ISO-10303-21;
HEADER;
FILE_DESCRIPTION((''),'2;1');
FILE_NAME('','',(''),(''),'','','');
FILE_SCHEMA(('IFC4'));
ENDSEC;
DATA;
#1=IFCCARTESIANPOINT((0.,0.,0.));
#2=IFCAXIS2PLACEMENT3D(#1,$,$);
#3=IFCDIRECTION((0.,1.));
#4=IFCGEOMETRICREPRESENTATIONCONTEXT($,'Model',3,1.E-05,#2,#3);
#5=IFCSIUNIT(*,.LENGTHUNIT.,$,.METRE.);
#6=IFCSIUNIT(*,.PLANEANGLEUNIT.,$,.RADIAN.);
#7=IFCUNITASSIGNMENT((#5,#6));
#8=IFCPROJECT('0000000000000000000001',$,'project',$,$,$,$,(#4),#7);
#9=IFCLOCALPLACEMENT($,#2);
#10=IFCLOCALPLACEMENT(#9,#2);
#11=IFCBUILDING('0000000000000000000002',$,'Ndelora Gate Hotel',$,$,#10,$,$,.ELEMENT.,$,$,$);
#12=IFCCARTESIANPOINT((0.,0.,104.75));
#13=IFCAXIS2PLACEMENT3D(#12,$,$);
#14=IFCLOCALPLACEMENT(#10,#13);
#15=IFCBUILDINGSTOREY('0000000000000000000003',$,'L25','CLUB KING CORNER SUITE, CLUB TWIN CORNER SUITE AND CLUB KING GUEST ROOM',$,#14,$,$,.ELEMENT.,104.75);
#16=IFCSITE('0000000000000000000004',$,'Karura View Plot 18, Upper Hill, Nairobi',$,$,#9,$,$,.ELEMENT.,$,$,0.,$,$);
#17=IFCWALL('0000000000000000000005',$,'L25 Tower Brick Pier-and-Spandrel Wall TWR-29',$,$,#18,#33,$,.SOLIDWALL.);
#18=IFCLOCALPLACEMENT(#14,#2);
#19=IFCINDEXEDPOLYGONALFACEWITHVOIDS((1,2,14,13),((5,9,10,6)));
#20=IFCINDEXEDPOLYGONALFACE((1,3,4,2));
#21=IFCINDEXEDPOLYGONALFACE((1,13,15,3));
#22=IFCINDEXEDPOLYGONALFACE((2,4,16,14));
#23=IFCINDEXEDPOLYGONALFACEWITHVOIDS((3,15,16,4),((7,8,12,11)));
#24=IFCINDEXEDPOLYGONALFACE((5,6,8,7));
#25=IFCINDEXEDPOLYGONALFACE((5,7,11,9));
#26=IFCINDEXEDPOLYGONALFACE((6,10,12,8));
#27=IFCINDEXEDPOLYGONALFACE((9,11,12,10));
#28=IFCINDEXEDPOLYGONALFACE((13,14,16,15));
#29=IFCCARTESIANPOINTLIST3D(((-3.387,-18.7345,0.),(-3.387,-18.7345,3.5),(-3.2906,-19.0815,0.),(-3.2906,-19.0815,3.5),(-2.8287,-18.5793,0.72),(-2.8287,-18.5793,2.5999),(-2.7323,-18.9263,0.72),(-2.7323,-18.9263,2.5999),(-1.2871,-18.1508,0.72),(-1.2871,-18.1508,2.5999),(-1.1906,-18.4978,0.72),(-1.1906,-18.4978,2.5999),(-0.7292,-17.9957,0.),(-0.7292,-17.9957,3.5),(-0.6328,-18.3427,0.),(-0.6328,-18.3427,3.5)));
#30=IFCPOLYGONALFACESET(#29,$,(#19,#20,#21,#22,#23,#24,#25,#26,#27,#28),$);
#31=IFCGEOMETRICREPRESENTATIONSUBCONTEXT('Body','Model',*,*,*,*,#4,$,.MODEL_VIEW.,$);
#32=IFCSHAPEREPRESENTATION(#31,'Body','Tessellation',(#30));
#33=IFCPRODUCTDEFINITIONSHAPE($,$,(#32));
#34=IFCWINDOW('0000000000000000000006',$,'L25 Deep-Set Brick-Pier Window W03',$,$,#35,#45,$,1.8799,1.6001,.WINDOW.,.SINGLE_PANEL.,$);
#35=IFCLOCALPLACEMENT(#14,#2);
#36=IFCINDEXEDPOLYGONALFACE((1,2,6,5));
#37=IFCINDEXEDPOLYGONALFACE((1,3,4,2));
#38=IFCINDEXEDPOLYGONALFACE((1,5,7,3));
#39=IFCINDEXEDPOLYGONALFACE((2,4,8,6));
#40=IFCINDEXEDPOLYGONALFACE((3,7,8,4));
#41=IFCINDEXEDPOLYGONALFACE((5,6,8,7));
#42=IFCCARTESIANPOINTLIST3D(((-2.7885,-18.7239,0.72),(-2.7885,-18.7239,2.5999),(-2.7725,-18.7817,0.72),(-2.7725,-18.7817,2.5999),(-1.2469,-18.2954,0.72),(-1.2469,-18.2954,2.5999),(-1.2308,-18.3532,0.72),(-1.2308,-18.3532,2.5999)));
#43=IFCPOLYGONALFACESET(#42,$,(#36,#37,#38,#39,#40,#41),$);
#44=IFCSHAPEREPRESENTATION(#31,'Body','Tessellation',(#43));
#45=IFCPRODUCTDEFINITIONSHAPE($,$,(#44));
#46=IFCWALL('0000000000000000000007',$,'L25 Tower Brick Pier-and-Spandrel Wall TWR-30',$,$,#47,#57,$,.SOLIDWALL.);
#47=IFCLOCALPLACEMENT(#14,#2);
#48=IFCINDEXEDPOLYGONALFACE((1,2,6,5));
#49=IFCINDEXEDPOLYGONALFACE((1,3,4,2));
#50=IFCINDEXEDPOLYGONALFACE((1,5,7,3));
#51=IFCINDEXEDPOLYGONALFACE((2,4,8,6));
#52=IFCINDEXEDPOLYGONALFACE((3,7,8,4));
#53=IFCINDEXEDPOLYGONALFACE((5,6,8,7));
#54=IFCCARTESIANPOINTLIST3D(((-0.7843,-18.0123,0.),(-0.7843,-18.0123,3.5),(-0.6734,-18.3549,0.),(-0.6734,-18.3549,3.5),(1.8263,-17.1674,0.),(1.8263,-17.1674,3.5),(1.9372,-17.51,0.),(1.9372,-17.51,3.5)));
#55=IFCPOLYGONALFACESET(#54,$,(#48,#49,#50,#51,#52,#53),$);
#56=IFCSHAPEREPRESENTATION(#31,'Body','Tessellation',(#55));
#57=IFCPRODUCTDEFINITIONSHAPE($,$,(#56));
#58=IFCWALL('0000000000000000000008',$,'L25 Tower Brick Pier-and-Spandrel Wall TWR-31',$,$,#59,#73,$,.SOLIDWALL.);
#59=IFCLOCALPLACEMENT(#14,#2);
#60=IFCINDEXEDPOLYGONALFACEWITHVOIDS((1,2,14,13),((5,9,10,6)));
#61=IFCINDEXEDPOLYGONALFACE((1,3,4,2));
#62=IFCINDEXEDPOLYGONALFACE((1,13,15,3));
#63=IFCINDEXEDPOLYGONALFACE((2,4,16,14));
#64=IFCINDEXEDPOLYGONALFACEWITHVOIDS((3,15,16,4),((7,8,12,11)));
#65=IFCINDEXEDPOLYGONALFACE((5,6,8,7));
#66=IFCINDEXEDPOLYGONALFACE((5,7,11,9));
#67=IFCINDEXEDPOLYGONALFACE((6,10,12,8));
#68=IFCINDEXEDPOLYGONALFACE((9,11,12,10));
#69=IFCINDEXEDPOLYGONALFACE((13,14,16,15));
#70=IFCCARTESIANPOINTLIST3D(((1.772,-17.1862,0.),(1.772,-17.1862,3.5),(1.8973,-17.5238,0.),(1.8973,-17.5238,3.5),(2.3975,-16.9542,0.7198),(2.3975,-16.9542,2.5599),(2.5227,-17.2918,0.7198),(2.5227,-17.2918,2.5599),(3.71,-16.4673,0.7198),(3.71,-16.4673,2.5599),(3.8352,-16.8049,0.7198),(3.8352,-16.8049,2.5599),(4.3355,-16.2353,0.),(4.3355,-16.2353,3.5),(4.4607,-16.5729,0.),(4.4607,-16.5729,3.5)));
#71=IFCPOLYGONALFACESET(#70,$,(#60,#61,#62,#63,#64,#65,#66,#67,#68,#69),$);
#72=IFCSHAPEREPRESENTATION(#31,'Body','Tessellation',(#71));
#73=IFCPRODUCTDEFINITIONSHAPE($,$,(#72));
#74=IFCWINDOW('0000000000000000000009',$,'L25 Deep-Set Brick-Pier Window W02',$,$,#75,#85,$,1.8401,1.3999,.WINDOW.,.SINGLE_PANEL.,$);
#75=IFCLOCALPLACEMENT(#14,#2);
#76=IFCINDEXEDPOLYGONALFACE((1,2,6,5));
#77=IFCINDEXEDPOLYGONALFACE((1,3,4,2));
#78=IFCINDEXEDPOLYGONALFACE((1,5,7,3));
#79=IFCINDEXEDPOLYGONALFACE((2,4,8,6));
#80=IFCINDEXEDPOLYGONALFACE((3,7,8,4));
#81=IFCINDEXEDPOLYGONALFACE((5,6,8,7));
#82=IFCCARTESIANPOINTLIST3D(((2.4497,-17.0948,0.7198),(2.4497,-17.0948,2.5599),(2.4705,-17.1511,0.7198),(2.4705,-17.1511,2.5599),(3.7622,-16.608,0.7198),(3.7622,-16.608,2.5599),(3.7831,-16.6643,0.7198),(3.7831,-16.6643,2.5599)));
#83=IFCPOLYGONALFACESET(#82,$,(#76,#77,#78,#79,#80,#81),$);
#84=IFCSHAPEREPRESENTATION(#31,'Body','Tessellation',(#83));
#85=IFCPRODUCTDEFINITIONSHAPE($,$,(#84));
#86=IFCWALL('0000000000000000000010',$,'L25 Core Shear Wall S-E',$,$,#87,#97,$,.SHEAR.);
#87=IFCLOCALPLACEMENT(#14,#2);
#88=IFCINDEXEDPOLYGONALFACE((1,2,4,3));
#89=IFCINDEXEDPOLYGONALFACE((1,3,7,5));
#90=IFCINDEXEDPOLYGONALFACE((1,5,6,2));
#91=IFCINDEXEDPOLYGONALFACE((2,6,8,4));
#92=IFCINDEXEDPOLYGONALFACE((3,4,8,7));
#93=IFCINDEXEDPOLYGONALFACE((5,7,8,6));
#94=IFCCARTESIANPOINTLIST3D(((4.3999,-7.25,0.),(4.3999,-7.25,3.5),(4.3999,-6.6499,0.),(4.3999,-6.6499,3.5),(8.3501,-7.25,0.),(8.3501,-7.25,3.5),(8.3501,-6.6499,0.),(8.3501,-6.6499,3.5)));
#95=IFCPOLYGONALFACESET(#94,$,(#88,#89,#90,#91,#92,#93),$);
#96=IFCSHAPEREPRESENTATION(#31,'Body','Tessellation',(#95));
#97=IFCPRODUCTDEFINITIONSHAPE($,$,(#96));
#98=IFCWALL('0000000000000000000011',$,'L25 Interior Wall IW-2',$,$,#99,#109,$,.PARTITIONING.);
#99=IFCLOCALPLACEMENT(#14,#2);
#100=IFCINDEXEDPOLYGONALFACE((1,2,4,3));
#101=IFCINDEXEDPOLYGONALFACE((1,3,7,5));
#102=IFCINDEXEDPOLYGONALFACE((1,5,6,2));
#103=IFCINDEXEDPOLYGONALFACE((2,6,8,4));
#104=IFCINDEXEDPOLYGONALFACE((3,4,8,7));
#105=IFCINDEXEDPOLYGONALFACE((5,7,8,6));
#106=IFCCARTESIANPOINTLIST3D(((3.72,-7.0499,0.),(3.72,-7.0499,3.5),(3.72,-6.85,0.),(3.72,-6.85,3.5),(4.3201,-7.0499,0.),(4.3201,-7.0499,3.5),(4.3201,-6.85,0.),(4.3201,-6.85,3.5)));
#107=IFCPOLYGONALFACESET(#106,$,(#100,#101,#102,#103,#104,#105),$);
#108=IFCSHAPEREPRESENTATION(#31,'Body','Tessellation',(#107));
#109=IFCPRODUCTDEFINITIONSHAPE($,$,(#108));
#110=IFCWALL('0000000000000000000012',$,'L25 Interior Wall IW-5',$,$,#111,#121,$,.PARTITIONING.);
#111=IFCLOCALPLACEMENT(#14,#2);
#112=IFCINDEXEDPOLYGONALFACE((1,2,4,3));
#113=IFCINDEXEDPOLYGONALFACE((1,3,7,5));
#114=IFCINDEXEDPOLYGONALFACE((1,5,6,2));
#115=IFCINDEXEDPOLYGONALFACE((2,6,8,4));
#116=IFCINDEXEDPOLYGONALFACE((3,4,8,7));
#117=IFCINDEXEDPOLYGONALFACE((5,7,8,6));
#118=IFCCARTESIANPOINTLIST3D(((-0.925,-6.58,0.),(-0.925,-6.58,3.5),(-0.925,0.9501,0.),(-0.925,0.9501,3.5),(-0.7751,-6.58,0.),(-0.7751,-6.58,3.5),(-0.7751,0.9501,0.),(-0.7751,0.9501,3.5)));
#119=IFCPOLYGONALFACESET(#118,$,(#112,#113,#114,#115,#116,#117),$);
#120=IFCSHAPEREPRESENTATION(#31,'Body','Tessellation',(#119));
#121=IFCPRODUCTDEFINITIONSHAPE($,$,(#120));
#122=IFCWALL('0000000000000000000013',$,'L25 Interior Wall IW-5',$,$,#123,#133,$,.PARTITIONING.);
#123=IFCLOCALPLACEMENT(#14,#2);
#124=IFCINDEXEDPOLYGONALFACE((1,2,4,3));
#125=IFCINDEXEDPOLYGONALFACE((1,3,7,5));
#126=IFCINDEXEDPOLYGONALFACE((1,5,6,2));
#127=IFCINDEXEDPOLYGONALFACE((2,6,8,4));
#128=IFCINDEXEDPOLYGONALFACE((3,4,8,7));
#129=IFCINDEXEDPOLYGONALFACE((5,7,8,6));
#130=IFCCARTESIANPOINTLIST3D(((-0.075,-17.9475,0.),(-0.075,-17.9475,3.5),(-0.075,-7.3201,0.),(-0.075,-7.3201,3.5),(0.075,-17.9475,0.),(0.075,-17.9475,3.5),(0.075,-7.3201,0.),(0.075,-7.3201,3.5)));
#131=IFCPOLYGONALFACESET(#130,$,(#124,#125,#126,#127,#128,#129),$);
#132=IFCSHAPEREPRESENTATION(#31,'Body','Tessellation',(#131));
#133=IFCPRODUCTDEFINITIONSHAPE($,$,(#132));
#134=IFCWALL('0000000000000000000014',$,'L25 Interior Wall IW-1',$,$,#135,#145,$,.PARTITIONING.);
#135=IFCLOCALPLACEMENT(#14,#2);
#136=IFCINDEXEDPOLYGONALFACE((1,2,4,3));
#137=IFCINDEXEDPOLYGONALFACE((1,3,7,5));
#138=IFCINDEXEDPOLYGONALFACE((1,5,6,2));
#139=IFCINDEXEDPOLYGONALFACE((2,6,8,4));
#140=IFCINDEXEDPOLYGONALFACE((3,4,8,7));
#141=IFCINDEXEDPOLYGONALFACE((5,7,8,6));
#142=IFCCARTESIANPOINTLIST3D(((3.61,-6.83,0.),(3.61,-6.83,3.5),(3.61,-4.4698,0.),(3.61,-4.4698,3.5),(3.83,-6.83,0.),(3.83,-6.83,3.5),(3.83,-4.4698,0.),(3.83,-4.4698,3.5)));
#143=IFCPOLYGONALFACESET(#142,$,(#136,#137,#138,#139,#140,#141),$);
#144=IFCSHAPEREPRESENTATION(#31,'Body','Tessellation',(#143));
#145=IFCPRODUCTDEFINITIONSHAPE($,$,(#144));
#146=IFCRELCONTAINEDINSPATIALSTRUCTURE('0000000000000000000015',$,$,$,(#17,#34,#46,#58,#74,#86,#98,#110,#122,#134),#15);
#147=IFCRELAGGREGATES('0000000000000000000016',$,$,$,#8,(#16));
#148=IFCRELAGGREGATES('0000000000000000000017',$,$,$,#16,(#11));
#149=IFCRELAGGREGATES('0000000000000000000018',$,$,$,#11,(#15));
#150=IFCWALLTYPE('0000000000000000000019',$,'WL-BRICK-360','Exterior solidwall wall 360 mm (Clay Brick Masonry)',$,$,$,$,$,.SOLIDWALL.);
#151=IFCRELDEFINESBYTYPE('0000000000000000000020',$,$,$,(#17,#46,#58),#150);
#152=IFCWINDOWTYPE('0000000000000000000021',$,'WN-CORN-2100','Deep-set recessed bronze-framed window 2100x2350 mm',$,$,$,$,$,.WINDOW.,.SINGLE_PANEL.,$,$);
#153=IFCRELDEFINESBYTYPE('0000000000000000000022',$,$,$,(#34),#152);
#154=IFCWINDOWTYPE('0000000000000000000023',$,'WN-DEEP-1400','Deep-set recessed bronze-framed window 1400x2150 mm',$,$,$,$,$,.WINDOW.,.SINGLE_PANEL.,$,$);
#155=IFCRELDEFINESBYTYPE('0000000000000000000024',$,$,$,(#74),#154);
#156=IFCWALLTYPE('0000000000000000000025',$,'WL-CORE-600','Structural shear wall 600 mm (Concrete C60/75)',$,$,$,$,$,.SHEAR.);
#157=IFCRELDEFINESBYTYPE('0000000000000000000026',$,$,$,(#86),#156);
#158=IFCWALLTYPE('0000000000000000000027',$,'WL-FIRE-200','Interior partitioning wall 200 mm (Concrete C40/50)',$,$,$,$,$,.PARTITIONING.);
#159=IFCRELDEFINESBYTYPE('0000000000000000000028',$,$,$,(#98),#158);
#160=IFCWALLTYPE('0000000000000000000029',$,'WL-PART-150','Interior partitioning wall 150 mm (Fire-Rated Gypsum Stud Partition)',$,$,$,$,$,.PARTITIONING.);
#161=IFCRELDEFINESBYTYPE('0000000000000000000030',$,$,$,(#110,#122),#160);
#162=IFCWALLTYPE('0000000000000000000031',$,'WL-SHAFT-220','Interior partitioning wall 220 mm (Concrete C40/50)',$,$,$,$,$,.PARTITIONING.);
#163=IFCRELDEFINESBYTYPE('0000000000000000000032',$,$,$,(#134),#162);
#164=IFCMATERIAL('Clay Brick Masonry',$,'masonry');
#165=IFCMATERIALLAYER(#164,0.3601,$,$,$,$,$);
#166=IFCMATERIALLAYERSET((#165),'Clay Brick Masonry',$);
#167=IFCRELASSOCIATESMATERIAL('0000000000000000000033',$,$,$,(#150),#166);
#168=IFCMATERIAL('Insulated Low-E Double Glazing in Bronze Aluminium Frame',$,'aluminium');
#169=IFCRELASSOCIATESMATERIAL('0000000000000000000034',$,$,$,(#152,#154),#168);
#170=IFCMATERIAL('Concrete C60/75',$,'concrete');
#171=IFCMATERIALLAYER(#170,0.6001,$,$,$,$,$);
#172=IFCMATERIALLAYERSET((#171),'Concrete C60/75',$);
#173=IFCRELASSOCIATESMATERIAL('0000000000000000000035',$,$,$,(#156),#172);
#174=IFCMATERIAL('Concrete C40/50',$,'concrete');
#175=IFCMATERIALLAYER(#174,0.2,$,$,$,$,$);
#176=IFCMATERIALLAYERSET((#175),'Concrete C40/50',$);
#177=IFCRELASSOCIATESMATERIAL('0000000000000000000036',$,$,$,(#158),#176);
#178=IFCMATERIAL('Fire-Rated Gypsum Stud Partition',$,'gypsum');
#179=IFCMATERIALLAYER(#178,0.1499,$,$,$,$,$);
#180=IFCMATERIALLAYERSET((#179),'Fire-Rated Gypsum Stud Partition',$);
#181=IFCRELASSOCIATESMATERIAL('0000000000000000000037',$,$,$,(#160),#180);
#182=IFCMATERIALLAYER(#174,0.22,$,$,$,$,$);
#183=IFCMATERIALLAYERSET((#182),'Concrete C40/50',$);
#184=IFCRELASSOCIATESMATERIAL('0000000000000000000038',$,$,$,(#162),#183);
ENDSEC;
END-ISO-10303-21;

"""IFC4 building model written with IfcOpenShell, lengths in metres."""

from ifc_helpers import new_model, si_unit, direction, frame, frame_2d, origin, place, context, subcontext, project, spatial, rectangle, extrude, material, layer, layer_set, type_object, element, fill, save


model = new_model("IFC4")

# Units and contexts
model_context = context("Model", 3, precision=1e-05, world=origin(), true_north=direction((0.0, 1.0)))
body_context = subcontext(model_context, "Body", "Model", "MODEL_VIEW")
ifc_project = project(units=[si_unit("LENGTHUNIT", "METRE"), si_unit("PLANEANGLEUNIT", "RADIAN")], contexts=[model_context])

# Site, building, storey
site_placement = place(None, origin())
site = spatial("IfcSite", under=ifc_project, at=site_placement, Name="Karura View Plot 18, Upper Hill, Nairobi", CompositionType="ELEMENT", RefElevation=0.0)
building_placement = place(site_placement, origin())
building = spatial("IfcBuilding", under=site, at=building_placement, Name="Ndelora Gate Hotel", CompositionType="ELEMENT")
storey_placement = place(building_placement, frame((0.0, 0.0, 104.75)))
storey = spatial("IfcBuildingStorey", under=building, at=storey_placement, Name="L25", Description="CLUB KING CORNER SUITE, CLUB TWIN CORNER SUITE AND CLUB KING GUEST ROOM", CompositionType="ELEMENT", Elevation=104.75)

# Shared definitions
ifc_material_1 = material(Name="Concrete C60/75", Category="concrete")

# Wall, opening, window
ifc_material_2 = material(Name="Clay Brick Masonry", Category="masonry")
ifc_layer_1 = layer(ifc_material_2, 0.3601)
ifc_layer_set_1 = layer_set([ifc_layer_1], Name="Clay Brick Masonry")
wall_type_1 = type_object("IfcWallType", Name="WL-BRICK-360", Description="Exterior solidwall wall 360 mm (Clay Brick Masonry)", PredefinedType="SOLIDWALL", material=ifc_layer_set_1)
ifc_material_3 = material(Name="Insulated Low-E Double Glazing in Bronze Aluminium Frame", Category="aluminium")
wall_1_placement = place(storey_placement, frame((-0.6809, -18.1692, 0.0), z_axis=(0.0, 0.0, 1.0), x_axis=(-0.96347, -0.267817, 0.0)))
wall_1 = element("IfcWall", 1, at=wall_1_placement, inside=storey, type_object=wall_type_1, Name="L25 Tower Brick Pier-and-Spandrel Wall TWR-29", PredefinedType="SOLIDWALL", context=body_context, shape_type="SweptSolid", body=[
    extrude(rectangle(XDim=2.7585, YDim=0.3601, at=frame_2d((1.3794, 0.0))), origin(), (0.0, 0.0, 1.0), 3.5),
])
opening_1_placement = place(wall_1_placement, frame((0.5791, 0.0, 0.72)))
opening_1 = element("IfcOpeningElement", 2, at=opening_1_placement, cuts=wall_1, PredefinedType="OPENING", context=body_context, shape_type="SweptSolid", body=[
    extrude(rectangle(XDim=1.6001, YDim=1.8799, at=frame_2d((0.8, 0.9399))), frame((0.0, 0.1899, 0.0), z_axis=(0.0, -1.0, 0.0), x_axis=(1.0, 0.0, 0.0)), (0.0, 0.0, 1.0), 0.3801),
])
window_type_1 = type_object("IfcWindowType", Name="WN-CORN-2100", Description="Deep-set recessed bronze-framed window 2100x2350 mm", PartitioningType="SINGLE_PANEL", PredefinedType="WINDOW", material=ifc_material_3)
window_1_placement = place(opening_1_placement, origin())
window_1 = element("IfcWindow", 3, at=window_1_placement, inside=storey, type_object=window_type_1, Name="L25 Deep-Set Brick-Pier Window W03", OverallHeight=1.8799, OverallWidth=1.6001, PartitioningType="SINGLE_PANEL", PredefinedType="WINDOW", context=body_context, shape_type="SweptSolid", body=[
    extrude(rectangle(XDim=1.6001, YDim=1.8799, at=frame_2d((0.8, 0.9399))), frame((0.0, 0.03, 0.0), z_axis=(0.0, -1.0, 0.0), x_axis=(1.0, 0.0, 0.0)), (0.0, 0.0, 1.0), 0.0601),
])
fill(opening_1, window_1)

# Wall
wall_2_placement = place(storey_placement, frame((1.8818, -17.3386, 0.0), z_axis=(0.0, 0.0, 1.0), x_axis=(-0.951405, -0.307941, 0.0)))
element("IfcWall", 4, at=wall_2_placement, inside=storey, type_object=wall_type_1, Name="L25 Tower Brick Pier-and-Spandrel Wall TWR-30", PredefinedType="SOLIDWALL", context=body_context, shape_type="SweptSolid", body=[
    extrude(rectangle(XDim=2.7439, YDim=0.3601, at=frame_2d((1.3721, 0.0))), origin(), (0.0, 0.0, 1.0), 3.5),
])

# Wall, opening, window
wall_3_placement = place(storey_placement, frame((4.3982, -16.4041, 0.0), z_axis=(0.0, 0.0, 1.0), x_axis=(-0.937571, -0.347794, 0.0)))
wall_3 = element("IfcWall", 5, at=wall_3_placement, inside=storey, type_object=wall_type_1, Name="L25 Tower Brick Pier-and-Spandrel Wall TWR-31", PredefinedType="SOLIDWALL", context=body_context, shape_type="SweptSolid", body=[
    extrude(rectangle(XDim=2.7341, YDim=0.3601, at=frame_2d((1.3672, 0.0))), origin(), (0.0, 0.0, 1.0), 3.5),
])
opening_2_placement = place(wall_3_placement, frame((0.6672, 0.0, 0.72)))
opening_2 = element("IfcOpeningElement", 6, at=opening_2_placement, cuts=wall_3, PredefinedType="OPENING", context=body_context, shape_type="SweptSolid", body=[
    extrude(rectangle(XDim=1.3999, YDim=1.8401, at=frame_2d((0.7, 0.9199))), frame((0.0, 0.1899, 0.0), z_axis=(0.0, -1.0, 0.0), x_axis=(1.0, 0.0, 0.0)), (0.0, 0.0, 1.0), 0.3801),
])
window_type_2 = type_object("IfcWindowType", Name="WN-DEEP-1400", Description="Deep-set recessed bronze-framed window 1400x2150 mm", PartitioningType="SINGLE_PANEL", PredefinedType="WINDOW", material=ifc_material_3)
window_2_placement = place(opening_2_placement, origin())
window_2 = element("IfcWindow", 7, at=window_2_placement, inside=storey, type_object=window_type_2, Name="L25 Deep-Set Brick-Pier Window W02", OverallHeight=1.8401, OverallWidth=1.3999, PartitioningType="SINGLE_PANEL", PredefinedType="WINDOW", context=body_context, shape_type="SweptSolid", body=[
    extrude(rectangle(XDim=1.3999, YDim=1.8401, at=frame_2d((0.7, 0.9199))), frame((0.0, 0.03, 0.0), z_axis=(0.0, -1.0, 0.0), x_axis=(1.0, 0.0, 0.0)), (0.0, 0.0, 1.0), 0.0601),
])
fill(opening_2, window_2)

# Walls
ifc_layer_2 = layer(ifc_material_1, 0.6001)
ifc_layer_set_2 = layer_set([ifc_layer_2], Name="Concrete C60/75")
wall_type_2 = type_object("IfcWallType", Name="WL-CORE-600", Description="Structural shear wall 600 mm (Concrete C60/75)", PredefinedType="SHEAR", material=ifc_layer_set_2)
wall_4_placement = place(storey_placement, frame((4.3999, -6.95, 0.0), z_axis=(0.0, 0.0, 1.0), x_axis=(1.0, 0.0, 0.0)))
element("IfcWall", 8, at=wall_4_placement, inside=storey, type_object=wall_type_2, Name="L25 Core Shear Wall S-E", PredefinedType="SHEAR", context=body_context, shape_type="SweptSolid", body=[
    extrude(rectangle(XDim=3.9502, YDim=0.6001, at=frame_2d((1.9751, 0.0))), origin(), (0.0, 0.0, 1.0), 3.5),
])
ifc_material_4 = material(Name="Concrete C40/50", Category="concrete")
ifc_layer_3 = layer(ifc_material_4, 0.2)
ifc_layer_set_3 = layer_set([ifc_layer_3], Name="Concrete C40/50")
wall_type_3 = type_object("IfcWallType", Name="WL-FIRE-200", Description="Interior partitioning wall 200 mm (Concrete C40/50)", PredefinedType="PARTITIONING", material=ifc_layer_set_3)
wall_5_placement = place(storey_placement, frame((3.72, -6.95, 0.0), z_axis=(0.0, 0.0, 1.0), x_axis=(1.0, 0.0, 0.0)))
element("IfcWall", 9, at=wall_5_placement, inside=storey, type_object=wall_type_3, Name="L25 Interior Wall IW-2", PredefinedType="PARTITIONING", context=body_context, shape_type="SweptSolid", body=[
    extrude(rectangle(XDim=0.6001, YDim=0.2, at=frame_2d((0.3, 0.0))), origin(), (0.0, 0.0, 1.0), 3.5),
])
ifc_material_5 = material(Name="Fire-Rated Gypsum Stud Partition", Category="gypsum")
ifc_layer_4 = layer(ifc_material_5, 0.1499)
ifc_layer_set_4 = layer_set([ifc_layer_4], Name="Fire-Rated Gypsum Stud Partition")
wall_type_4 = type_object("IfcWallType", Name="WL-PART-150", Description="Interior partitioning wall 150 mm (Fire-Rated Gypsum Stud Partition)", PredefinedType="PARTITIONING", material=ifc_layer_set_4)
wall_6_placement = place(storey_placement, frame((-0.8501, -6.5801, 0.0), z_axis=(0.0, 0.0, 1.0), x_axis=(0.0, 1.0, 0.0)))
element("IfcWall", 10, at=wall_6_placement, inside=storey, type_object=wall_type_4, Name="L25 Interior Wall IW-5", PredefinedType="PARTITIONING", context=body_context, shape_type="SweptSolid", body=[
    extrude(rectangle(XDim=7.53, YDim=0.1499, at=frame_2d((3.7651, 0.0))), origin(), (0.0, 0.0, 1.0), 3.5),
])
wall_7_placement = place(storey_placement, frame((0.0, -7.3201, 0.0), z_axis=(0.0, 0.0, 1.0), x_axis=(0.0, -1.0, 0.0)))
element("IfcWall", 11, at=wall_7_placement, inside=storey, type_object=wall_type_4, Name="L25 Interior Wall IW-5", PredefinedType="PARTITIONING", context=body_context, shape_type="SweptSolid", body=[
    extrude(rectangle(XDim=10.6274, YDim=0.1499, at=frame_2d((5.3137, 0.0))), origin(), (0.0, 0.0, 1.0), 3.5),
])

# Shared definitions
ifc_layer_5 = layer(ifc_material_4, 0.22)
ifc_layer_set_5 = layer_set([ifc_layer_5], Name="Concrete C40/50")
wall_type_5 = type_object("IfcWallType", Name="WL-SHAFT-220", Description="Interior partitioning wall 220 mm (Concrete C40/50)", PredefinedType="PARTITIONING", material=ifc_layer_set_5)

# Wall
wall_8_placement = place(storey_placement, frame((3.72, -6.8301, 0.0), z_axis=(0.0, 0.0, 1.0), x_axis=(0.0, 1.0, 0.0)))
element("IfcWall", 12, at=wall_8_placement, inside=storey, type_object=wall_type_5, Name="L25 Interior Wall IW-1", PredefinedType="PARTITIONING", context=body_context, shape_type="SweptSolid", body=[
    extrude(rectangle(XDim=2.3601, YDim=0.22, at=frame_2d((1.1802, 0.0))), origin(), (0.0, 0.0, 1.0), 3.5),
])

save(model, "model.ifc")
